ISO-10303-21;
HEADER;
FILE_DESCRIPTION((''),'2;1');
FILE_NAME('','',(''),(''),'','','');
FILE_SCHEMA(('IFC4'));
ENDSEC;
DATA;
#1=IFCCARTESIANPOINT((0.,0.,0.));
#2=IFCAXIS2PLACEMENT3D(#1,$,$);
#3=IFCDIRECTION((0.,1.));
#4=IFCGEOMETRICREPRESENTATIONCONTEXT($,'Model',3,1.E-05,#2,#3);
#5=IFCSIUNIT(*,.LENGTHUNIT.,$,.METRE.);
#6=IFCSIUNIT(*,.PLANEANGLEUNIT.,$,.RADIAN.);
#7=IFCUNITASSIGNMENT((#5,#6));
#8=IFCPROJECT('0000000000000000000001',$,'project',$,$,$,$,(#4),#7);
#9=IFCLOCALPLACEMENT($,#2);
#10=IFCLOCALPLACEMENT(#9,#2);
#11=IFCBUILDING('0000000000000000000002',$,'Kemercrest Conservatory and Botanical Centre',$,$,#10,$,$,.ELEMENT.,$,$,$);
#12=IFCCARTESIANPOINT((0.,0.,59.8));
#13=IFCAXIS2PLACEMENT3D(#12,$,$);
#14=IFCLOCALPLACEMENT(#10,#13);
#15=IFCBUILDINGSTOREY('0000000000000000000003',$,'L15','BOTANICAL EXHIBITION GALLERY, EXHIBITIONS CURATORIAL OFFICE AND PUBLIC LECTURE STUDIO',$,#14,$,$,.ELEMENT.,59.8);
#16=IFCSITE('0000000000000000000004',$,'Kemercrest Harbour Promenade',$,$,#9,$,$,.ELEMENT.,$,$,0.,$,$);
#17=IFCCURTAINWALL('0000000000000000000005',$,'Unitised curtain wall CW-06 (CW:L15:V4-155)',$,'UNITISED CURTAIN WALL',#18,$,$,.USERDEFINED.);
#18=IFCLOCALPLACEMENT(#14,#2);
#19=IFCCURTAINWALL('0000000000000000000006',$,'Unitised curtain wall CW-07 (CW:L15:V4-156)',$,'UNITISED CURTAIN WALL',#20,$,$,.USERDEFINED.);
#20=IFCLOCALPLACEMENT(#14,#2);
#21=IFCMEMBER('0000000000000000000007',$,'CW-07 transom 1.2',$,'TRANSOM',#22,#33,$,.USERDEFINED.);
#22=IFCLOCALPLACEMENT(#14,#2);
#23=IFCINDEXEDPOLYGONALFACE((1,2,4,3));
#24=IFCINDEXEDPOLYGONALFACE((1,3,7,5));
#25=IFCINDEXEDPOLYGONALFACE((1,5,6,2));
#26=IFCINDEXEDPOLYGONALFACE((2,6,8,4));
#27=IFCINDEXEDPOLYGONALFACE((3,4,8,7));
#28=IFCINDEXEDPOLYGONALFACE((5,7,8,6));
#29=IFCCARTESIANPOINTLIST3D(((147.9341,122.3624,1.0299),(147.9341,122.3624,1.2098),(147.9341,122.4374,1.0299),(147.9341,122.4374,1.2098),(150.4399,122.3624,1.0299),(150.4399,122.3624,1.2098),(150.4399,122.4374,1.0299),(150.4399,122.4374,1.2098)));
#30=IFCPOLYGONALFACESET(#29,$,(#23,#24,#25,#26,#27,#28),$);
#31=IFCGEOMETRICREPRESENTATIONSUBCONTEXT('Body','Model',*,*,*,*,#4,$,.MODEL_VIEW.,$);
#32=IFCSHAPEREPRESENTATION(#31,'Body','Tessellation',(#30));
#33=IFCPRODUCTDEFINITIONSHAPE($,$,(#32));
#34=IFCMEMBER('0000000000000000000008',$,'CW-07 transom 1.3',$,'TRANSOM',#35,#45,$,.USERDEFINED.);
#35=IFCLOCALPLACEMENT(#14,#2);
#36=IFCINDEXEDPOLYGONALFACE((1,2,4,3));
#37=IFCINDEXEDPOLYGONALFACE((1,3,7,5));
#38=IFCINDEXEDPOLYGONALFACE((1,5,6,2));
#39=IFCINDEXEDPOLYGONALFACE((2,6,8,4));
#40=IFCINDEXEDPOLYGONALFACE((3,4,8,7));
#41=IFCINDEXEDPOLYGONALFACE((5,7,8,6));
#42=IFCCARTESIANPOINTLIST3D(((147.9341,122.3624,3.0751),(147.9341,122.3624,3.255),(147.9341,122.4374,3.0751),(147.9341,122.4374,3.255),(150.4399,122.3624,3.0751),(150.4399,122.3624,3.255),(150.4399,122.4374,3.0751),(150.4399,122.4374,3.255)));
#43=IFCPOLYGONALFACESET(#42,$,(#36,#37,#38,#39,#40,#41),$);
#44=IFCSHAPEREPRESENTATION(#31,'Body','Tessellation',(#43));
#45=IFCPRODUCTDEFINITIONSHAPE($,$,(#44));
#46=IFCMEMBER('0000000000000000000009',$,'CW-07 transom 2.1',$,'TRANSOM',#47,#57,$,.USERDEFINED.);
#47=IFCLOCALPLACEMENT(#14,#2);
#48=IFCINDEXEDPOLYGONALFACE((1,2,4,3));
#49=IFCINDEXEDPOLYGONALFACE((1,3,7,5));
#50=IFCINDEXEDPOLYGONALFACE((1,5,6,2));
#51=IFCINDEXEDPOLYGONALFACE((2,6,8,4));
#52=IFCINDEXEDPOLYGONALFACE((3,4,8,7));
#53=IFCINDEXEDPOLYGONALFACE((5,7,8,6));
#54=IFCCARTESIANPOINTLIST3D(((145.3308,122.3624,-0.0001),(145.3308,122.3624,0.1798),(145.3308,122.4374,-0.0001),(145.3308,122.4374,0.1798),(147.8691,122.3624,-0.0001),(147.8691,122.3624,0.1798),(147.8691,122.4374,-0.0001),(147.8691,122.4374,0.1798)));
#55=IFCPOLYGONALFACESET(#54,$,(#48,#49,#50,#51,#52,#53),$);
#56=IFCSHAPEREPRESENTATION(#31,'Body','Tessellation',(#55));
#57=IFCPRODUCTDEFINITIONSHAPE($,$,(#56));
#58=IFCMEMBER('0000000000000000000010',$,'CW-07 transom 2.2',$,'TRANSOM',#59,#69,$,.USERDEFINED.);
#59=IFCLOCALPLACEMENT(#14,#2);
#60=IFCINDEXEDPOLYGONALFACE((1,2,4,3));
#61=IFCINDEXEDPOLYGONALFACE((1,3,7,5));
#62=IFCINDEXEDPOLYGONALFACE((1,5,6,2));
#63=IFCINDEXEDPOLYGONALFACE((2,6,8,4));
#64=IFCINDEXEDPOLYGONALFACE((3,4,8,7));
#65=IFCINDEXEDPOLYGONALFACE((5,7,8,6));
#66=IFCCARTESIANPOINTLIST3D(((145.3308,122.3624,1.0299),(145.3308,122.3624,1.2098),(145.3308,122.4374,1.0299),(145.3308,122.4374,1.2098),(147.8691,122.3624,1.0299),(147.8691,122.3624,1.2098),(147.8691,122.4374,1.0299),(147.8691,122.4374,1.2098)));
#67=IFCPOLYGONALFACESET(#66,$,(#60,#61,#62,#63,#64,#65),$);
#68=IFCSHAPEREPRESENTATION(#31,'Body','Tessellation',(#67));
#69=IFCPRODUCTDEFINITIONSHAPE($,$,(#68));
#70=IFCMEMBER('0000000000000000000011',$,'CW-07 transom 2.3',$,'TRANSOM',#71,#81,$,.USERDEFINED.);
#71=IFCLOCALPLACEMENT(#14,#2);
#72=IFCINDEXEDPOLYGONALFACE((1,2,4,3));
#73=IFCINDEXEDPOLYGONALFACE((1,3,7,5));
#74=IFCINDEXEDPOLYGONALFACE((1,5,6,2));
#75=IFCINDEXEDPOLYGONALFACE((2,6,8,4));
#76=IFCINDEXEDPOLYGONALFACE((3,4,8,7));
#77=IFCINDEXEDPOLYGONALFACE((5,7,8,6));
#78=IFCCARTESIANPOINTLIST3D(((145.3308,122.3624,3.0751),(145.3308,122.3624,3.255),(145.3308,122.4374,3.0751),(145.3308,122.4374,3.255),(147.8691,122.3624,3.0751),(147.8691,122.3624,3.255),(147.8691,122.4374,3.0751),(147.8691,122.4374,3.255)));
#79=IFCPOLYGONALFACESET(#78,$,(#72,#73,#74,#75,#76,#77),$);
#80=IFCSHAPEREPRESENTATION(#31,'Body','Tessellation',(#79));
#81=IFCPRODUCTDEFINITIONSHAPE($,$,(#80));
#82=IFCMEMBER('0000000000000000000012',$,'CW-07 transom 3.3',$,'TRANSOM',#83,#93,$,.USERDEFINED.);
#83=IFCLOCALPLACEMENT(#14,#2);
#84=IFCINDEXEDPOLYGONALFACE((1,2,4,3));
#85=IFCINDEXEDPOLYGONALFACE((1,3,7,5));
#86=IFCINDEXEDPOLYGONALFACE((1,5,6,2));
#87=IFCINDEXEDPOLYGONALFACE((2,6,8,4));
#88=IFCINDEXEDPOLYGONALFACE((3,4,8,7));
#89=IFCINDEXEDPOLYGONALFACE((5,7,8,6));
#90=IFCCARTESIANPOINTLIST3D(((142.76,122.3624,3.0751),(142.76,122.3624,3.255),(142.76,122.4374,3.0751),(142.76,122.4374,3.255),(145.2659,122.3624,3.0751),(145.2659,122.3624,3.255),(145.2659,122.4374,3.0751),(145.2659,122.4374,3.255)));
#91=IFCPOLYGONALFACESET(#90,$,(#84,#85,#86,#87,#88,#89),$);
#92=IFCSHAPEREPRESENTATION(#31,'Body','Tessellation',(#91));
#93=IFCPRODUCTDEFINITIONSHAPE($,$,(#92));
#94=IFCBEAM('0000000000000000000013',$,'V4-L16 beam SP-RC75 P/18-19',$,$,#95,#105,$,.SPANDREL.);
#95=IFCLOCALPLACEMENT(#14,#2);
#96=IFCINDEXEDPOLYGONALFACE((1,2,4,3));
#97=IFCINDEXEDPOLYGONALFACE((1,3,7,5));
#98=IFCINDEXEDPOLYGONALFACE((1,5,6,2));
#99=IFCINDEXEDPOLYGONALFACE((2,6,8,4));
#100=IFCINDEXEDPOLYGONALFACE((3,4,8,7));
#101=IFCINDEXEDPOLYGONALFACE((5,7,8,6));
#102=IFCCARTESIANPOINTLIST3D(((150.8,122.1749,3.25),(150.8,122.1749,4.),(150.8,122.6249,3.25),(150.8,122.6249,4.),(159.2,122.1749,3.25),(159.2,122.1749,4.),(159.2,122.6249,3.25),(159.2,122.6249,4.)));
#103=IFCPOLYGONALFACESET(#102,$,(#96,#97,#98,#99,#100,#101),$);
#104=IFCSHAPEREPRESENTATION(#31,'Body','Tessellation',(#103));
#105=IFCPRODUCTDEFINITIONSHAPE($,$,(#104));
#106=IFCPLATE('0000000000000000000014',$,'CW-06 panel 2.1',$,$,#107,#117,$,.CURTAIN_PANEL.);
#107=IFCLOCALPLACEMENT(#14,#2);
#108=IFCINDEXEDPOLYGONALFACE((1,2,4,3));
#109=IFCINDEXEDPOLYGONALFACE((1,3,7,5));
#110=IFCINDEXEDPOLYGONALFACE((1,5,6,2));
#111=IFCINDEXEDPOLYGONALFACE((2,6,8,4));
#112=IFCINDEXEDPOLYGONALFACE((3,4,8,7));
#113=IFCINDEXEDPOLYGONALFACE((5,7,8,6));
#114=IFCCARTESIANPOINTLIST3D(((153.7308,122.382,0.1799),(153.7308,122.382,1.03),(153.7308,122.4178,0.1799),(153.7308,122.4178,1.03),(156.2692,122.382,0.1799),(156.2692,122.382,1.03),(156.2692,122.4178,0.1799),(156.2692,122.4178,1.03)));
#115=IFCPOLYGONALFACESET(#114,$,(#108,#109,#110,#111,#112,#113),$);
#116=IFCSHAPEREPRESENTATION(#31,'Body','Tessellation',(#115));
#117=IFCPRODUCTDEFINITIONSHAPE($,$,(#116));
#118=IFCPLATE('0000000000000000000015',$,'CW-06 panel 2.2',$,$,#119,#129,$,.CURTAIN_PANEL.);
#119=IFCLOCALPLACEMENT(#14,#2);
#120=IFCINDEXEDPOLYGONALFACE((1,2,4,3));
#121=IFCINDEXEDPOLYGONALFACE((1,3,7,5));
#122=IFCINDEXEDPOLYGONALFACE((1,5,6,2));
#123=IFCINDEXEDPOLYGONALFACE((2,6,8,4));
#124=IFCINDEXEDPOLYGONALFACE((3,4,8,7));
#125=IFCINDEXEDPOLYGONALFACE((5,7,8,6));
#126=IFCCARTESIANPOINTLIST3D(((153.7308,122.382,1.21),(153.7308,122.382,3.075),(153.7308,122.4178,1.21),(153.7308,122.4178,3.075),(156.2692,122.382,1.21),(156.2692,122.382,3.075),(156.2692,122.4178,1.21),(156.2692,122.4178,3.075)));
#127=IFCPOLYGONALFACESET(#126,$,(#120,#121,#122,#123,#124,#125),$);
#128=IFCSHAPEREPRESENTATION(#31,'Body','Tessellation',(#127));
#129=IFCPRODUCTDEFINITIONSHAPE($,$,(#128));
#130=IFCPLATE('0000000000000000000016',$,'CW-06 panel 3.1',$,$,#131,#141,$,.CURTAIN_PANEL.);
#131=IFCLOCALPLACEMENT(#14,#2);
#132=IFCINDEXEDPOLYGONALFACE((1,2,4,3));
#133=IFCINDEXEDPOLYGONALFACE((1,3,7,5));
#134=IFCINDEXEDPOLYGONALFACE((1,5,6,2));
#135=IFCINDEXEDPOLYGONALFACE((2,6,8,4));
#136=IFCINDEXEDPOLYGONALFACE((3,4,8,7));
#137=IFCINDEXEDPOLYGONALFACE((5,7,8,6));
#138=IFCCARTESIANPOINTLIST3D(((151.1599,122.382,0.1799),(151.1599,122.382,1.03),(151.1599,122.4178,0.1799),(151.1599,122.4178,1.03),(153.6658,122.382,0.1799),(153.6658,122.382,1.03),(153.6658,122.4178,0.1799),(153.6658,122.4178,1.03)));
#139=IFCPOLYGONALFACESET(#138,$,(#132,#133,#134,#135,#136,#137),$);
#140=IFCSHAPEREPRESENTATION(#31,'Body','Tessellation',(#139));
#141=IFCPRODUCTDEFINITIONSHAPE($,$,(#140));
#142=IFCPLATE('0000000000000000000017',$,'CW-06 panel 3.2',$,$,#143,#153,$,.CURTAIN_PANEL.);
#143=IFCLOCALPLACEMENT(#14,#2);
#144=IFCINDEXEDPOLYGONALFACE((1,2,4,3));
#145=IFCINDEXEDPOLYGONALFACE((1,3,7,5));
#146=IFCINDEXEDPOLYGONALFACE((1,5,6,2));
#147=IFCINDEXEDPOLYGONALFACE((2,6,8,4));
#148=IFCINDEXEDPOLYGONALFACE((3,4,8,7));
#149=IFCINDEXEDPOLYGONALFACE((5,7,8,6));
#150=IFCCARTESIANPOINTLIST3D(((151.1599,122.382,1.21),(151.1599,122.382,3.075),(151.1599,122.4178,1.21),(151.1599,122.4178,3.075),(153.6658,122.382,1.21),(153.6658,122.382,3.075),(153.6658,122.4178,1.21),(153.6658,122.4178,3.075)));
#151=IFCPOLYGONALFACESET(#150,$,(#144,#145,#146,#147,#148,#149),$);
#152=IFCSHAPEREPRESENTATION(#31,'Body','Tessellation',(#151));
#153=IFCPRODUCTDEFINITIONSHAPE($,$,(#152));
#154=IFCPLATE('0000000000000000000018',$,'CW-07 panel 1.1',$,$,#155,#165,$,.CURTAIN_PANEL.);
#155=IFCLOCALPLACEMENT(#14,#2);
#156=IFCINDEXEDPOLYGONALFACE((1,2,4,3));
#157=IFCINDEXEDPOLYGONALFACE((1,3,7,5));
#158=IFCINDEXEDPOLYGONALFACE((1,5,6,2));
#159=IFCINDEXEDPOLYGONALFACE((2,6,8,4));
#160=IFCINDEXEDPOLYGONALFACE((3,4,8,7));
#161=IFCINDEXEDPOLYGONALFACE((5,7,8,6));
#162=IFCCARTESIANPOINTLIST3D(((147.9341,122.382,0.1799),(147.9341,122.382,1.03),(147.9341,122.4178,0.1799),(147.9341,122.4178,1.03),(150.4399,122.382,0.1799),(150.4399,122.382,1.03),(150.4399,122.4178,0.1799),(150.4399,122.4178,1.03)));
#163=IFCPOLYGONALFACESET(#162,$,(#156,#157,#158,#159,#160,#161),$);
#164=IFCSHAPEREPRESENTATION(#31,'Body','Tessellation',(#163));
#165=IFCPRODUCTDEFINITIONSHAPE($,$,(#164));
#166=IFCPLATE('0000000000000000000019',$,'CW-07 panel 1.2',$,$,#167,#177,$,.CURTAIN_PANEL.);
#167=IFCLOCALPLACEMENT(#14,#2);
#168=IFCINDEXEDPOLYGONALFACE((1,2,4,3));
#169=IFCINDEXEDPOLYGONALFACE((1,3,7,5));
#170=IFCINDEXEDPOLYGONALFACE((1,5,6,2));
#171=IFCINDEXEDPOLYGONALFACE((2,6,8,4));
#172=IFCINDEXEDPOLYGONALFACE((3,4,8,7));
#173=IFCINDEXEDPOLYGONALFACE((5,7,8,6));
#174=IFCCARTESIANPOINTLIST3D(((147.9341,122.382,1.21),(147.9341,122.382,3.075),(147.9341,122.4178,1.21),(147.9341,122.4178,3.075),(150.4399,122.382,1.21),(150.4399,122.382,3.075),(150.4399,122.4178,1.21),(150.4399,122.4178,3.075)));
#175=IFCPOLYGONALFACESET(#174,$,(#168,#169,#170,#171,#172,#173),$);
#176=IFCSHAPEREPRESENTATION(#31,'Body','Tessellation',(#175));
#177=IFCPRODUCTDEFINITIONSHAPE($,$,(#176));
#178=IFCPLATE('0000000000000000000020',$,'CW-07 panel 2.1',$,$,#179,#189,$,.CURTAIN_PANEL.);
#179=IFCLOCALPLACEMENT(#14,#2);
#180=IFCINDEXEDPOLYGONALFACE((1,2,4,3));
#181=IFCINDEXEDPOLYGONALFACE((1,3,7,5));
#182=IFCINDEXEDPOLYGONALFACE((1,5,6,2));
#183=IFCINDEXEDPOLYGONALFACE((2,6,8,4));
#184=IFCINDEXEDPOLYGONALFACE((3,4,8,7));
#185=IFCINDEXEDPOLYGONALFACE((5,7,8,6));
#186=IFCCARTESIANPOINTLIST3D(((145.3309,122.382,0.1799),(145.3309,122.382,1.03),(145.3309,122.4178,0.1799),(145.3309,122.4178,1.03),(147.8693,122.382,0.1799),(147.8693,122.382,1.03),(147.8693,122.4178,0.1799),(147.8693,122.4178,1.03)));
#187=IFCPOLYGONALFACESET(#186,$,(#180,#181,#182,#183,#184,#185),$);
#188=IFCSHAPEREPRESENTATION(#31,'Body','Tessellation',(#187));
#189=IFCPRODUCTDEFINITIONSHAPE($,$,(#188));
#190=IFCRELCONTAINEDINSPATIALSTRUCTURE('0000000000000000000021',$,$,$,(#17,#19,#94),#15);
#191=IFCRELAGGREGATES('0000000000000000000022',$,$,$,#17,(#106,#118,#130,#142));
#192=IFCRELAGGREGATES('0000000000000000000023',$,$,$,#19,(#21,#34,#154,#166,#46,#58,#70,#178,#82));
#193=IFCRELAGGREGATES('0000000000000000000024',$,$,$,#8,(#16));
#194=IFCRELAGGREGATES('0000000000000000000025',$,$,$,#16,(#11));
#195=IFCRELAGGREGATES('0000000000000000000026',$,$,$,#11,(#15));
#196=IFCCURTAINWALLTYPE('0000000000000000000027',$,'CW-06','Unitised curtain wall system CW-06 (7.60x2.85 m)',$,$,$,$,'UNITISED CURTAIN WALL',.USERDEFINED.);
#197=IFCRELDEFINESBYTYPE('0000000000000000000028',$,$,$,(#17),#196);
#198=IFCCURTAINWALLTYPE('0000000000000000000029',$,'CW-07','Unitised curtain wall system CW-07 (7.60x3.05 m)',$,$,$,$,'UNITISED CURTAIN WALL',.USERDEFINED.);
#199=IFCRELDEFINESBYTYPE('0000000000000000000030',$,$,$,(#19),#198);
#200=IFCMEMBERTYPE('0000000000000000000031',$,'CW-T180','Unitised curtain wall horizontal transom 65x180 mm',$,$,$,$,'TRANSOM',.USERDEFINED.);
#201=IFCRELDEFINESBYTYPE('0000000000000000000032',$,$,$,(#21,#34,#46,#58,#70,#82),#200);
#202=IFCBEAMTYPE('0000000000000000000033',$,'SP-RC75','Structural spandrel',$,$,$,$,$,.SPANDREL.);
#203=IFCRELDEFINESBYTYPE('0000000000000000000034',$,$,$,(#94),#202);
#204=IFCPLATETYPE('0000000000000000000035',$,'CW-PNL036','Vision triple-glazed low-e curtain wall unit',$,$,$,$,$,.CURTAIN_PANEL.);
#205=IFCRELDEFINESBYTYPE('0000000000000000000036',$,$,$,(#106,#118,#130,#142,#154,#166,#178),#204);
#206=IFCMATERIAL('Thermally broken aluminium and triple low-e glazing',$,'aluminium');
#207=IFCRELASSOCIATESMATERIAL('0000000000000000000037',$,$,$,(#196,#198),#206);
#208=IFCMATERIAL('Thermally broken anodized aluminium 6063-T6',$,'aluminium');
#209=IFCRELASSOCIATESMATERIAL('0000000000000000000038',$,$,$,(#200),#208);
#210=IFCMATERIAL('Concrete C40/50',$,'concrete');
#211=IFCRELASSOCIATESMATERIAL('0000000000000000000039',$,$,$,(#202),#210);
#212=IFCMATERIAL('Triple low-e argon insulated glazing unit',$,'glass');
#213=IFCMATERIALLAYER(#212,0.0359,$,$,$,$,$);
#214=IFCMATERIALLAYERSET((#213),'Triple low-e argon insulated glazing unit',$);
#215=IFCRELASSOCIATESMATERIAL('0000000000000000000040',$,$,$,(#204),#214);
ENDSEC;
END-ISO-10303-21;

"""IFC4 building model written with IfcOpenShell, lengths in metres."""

from ifc_helpers import new_model, si_unit, direction, frame, origin, origin_2d, place, context, subcontext, project, spatial, rectangle, extrude, material, layer, layer_set, material_profile, profile_set, type_object, element, aggregate, save


model = new_model("IFC4")

# Units and contexts
model_context = context("Model", 3, precision=1e-05, world=origin(), true_north=direction((0.0, 1.0)))
body_context = subcontext(model_context, "Body", "Model", "MODEL_VIEW")
ifc_project = project(units=[si_unit("LENGTHUNIT", "METRE"), si_unit("PLANEANGLEUNIT", "RADIAN")], contexts=[model_context])

# Site, building, storey
site_placement = place(None, origin())
site = spatial("IfcSite", under=ifc_project, at=site_placement, Name="Kemercrest Harbour Promenade", CompositionType="ELEMENT", RefElevation=0.0)
building_placement = place(site_placement, origin())
building = spatial("IfcBuilding", under=site, at=building_placement, Name="Kemercrest Conservatory and Botanical Centre", CompositionType="ELEMENT")
storey_placement = place(building_placement, frame((0.0, 0.0, 59.8)))
storey = spatial("IfcBuildingStorey", under=building, at=storey_placement, Name="L15", Description="BOTANICAL EXHIBITION GALLERY, EXHIBITIONS CURATORIAL OFFICE AND PUBLIC LECTURE STUDIO", CompositionType="ELEMENT", Elevation=59.8)

# Shared definitions
ifc_material_1 = material(Name="Concrete C40/50", Category="concrete")

# Curtain walls
ifc_material_2 = material(Name="Thermally broken aluminium and triple low-e glazing", Category="aluminium")
curtain_wall_type_1 = type_object("IfcCurtainWallType", Name="CW-06", Description="Unitised curtain wall system CW-06 (7.60x2.85 m)", ElementType="UNITISED CURTAIN WALL", PredefinedType="USERDEFINED", material=ifc_material_2)
curtain_wall_1_placement = place(storey_placement, origin())
curtain_wall_1 = element("IfcCurtainWall", 1, at=curtain_wall_1_placement, inside=storey, type_object=curtain_wall_type_1, Name="Unitised curtain wall CW-06 (CW:L15:V4-155)", ObjectType="UNITISED CURTAIN WALL", PredefinedType="USERDEFINED")
ifc_material_3 = material(Name="Thermally broken anodized aluminium 6063-T6", Category="aluminium")
curtain_wall_type_2 = type_object("IfcCurtainWallType", Name="CW-07", Description="Unitised curtain wall system CW-07 (7.60x3.05 m)", ElementType="UNITISED CURTAIN WALL", PredefinedType="USERDEFINED", material=ifc_material_2)
curtain_wall_2_placement = place(storey_placement, origin())
curtain_wall_2 = element("IfcCurtainWall", 2, at=curtain_wall_2_placement, inside=storey, type_object=curtain_wall_type_2, Name="Unitised curtain wall CW-07 (CW:L15:V4-156)", ObjectType="UNITISED CURTAIN WALL", PredefinedType="USERDEFINED")

# Members
ifc_material_profile_1 = material_profile(ifc_material_3, rectangle(XDim=0.075, YDim=0.1799, at=origin_2d()), Name="AL TRANSOM 75x180")
ifc_profile_set_1 = profile_set([ifc_material_profile_1], Name="Thermally broken anodized aluminium 6063-T6")
member_type_1 = type_object("IfcMemberType", Name="CW-T180", Description="Unitised curtain wall horizontal transom 65x180 mm", ElementType="TRANSOM", PredefinedType="USERDEFINED", material=ifc_profile_set_1)
member_1_placement = place(storey_placement, frame((150.4399, 122.3999, 1.1199), z_axis=(-1.0, 0.0, 0.0), x_axis=(0.0, -1.0, 0.0)))
member_1 = element("IfcMember", 3, at=member_1_placement, type_object=member_type_1, Name="CW-07 transom 1.2", ObjectType="TRANSOM", PredefinedType="USERDEFINED", context=body_context, shape_type="SweptSolid", body=[
    extrude(rectangle(XDim=0.075, YDim=0.1799, at=origin_2d()), origin(), (0.0, 0.0, 1.0), 2.5059),
])
member_2_placement = place(storey_placement, frame((150.4399, 122.3999, 3.165), z_axis=(-1.0, 0.0, 0.0), x_axis=(0.0, -1.0, 0.0)))
member_2 = element("IfcMember", 4, at=member_2_placement, type_object=member_type_1, Name="CW-07 transom 1.3", ObjectType="TRANSOM", PredefinedType="USERDEFINED", context=body_context, shape_type="SweptSolid", body=[
    extrude(rectangle(XDim=0.075, YDim=0.1799, at=origin_2d()), origin(), (0.0, 0.0, 1.0), 2.5059),
])
member_3_placement = place(storey_placement, frame((147.8691, 122.3999, 0.0898), z_axis=(-1.0, 0.0, 0.0), x_axis=(0.0, -1.0, 0.0)))
member_3 = element("IfcMember", 5, at=member_3_placement, type_object=member_type_1, Name="CW-07 transom 2.1", ObjectType="TRANSOM", PredefinedType="USERDEFINED", context=body_context, shape_type="SweptSolid", body=[
    extrude(rectangle(XDim=0.075, YDim=0.1799, at=origin_2d()), origin(), (0.0, 0.0, 1.0), 2.5383),
])
member_4_placement = place(storey_placement, frame((147.8691, 122.3999, 1.1199), z_axis=(-1.0, 0.0, 0.0), x_axis=(0.0, -1.0, 0.0)))
member_4 = element("IfcMember", 6, at=member_4_placement, type_object=member_type_1, Name="CW-07 transom 2.2", ObjectType="TRANSOM", PredefinedType="USERDEFINED", context=body_context, shape_type="SweptSolid", body=[
    extrude(rectangle(XDim=0.075, YDim=0.1799, at=origin_2d()), origin(), (0.0, 0.0, 1.0), 2.5383),
])
member_5_placement = place(storey_placement, frame((147.8691, 122.3999, 3.165), z_axis=(-1.0, 0.0, 0.0), x_axis=(0.0, -1.0, 0.0)))
member_5 = element("IfcMember", 7, at=member_5_placement, type_object=member_type_1, Name="CW-07 transom 2.3", ObjectType="TRANSOM", PredefinedType="USERDEFINED", context=body_context, shape_type="SweptSolid", body=[
    extrude(rectangle(XDim=0.075, YDim=0.1799, at=origin_2d()), origin(), (0.0, 0.0, 1.0), 2.5383),
])
member_6_placement = place(storey_placement, frame((145.2659, 122.3999, 3.165), z_axis=(-1.0, 0.0, 0.0), x_axis=(0.0, -1.0, 0.0)))
member_6 = element("IfcMember", 8, at=member_6_placement, type_object=member_type_1, Name="CW-07 transom 3.3", ObjectType="TRANSOM", PredefinedType="USERDEFINED", context=body_context, shape_type="SweptSolid", body=[
    extrude(rectangle(XDim=0.075, YDim=0.1799, at=origin_2d()), origin(), (0.0, 0.0, 1.0), 2.5059),
])

# Beam
ifc_material_profile_2 = material_profile(ifc_material_1, rectangle(XDim=0.45, YDim=0.75, at=origin_2d()), Name="RC 450x750")
ifc_profile_set_2 = profile_set([ifc_material_profile_2], Name="Concrete C40/50")
beam_type = type_object("IfcBeamType", Name="SP-RC75", Description="Structural spandrel", PredefinedType="SPANDREL", material=ifc_profile_set_2)
beam_placement = place(storey_placement, frame((150.8, 122.3999, 3.625), z_axis=(1.0, 0.0, 0.0), x_axis=(0.0, 1.0, 0.0)))
element("IfcBeam", 9, at=beam_placement, inside=storey, type_object=beam_type, Name="V4-L16 beam SP-RC75 P/18-19", PredefinedType="SPANDREL", context=body_context, shape_type="SweptSolid", body=[
    extrude(rectangle(XDim=0.45, YDim=0.75, at=origin_2d()), origin(), (0.0, 0.0, 1.0), 8.3999),
])

# Plates
ifc_material_4 = material(Name="Triple low-e argon insulated glazing unit", Category="glass")
ifc_layer = layer(ifc_material_4, 0.0359)
ifc_layer_set = layer_set([ifc_layer], Name="Triple low-e argon insulated glazing unit")
plate_type = type_object("IfcPlateType", Name="CW-PNL036", Description="Vision triple-glazed low-e curtain wall unit", PredefinedType="CURTAIN_PANEL", material=ifc_layer_set)
plate_1_placement = place(storey_placement, frame((155.0, 122.3999, 0.1799), z_axis=(0.0, 0.0, 1.0), x_axis=(-1.0, 0.0, 0.0)))
plate_1 = element("IfcPlate", 10, at=plate_1_placement, type_object=plate_type, Name="CW-06 panel 2.1", PredefinedType="CURTAIN_PANEL", context=body_context, shape_type="SweptSolid", body=[
    extrude(rectangle(XDim=2.5383, YDim=0.0359, at=origin_2d()), origin(), (0.0, 0.0, 1.0), 0.8501),
])
plate_2_placement = place(storey_placement, frame((155.0, 122.3999, 1.21), z_axis=(0.0, 0.0, 1.0), x_axis=(-1.0, 0.0, 0.0)))
plate_2 = element("IfcPlate", 11, at=plate_2_placement, type_object=plate_type, Name="CW-06 panel 2.2", PredefinedType="CURTAIN_PANEL", context=body_context, shape_type="SweptSolid", body=[
    extrude(rectangle(XDim=2.5383, YDim=0.0359, at=origin_2d()), origin(), (0.0, 0.0, 1.0), 1.865),
])
plate_3_placement = place(storey_placement, frame((152.4128, 122.3999, 0.1799), z_axis=(0.0, 0.0, 1.0), x_axis=(-1.0, 0.0, 0.0)))
plate_3 = element("IfcPlate", 12, at=plate_3_placement, type_object=plate_type, Name="CW-06 panel 3.1", PredefinedType="CURTAIN_PANEL", context=body_context, shape_type="SweptSolid", body=[
    extrude(rectangle(XDim=2.5059, YDim=0.0359, at=origin_2d()), origin(), (0.0, 0.0, 1.0), 0.8501),
])
plate_4_placement = place(storey_placement, frame((152.4128, 122.3999, 1.21), z_axis=(0.0, 0.0, 1.0), x_axis=(-1.0, 0.0, 0.0)))
plate_4 = element("IfcPlate", 13, at=plate_4_placement, type_object=plate_type, Name="CW-06 panel 3.2", PredefinedType="CURTAIN_PANEL", context=body_context, shape_type="SweptSolid", body=[
    extrude(rectangle(XDim=2.5059, YDim=0.0359, at=origin_2d()), origin(), (0.0, 0.0, 1.0), 1.865),
])
aggregate(curtain_wall_1, [plate_1, plate_2, plate_3, plate_4])
plate_5_placement = place(storey_placement, frame((149.187, 122.3999, 0.1799), z_axis=(0.0, 0.0, 1.0), x_axis=(-1.0, 0.0, 0.0)))
plate_5 = element("IfcPlate", 14, at=plate_5_placement, type_object=plate_type, Name="CW-07 panel 1.1", PredefinedType="CURTAIN_PANEL", context=body_context, shape_type="SweptSolid", body=[
    extrude(rectangle(XDim=2.5059, YDim=0.0359, at=origin_2d()), origin(), (0.0, 0.0, 1.0), 0.8501),
])
plate_6_placement = place(storey_placement, frame((149.187, 122.3999, 1.21), z_axis=(0.0, 0.0, 1.0), x_axis=(-1.0, 0.0, 0.0)))
plate_6 = element("IfcPlate", 15, at=plate_6_placement, type_object=plate_type, Name="CW-07 panel 1.2", PredefinedType="CURTAIN_PANEL", context=body_context, shape_type="SweptSolid", body=[
    extrude(rectangle(XDim=2.5059, YDim=0.0359, at=origin_2d()), origin(), (0.0, 0.0, 1.0), 1.865),
])
plate_7_placement = place(storey_placement, frame((146.6001, 122.3999, 0.1799), z_axis=(0.0, 0.0, 1.0), x_axis=(-1.0, 0.0, 0.0)))
plate_7 = element("IfcPlate", 16, at=plate_7_placement, type_object=plate_type, Name="CW-07 panel 2.1", PredefinedType="CURTAIN_PANEL", context=body_context, shape_type="SweptSolid", body=[
    extrude(rectangle(XDim=2.5383, YDim=0.0359, at=origin_2d()), origin(), (0.0, 0.0, 1.0), 0.8501),
])
aggregate(curtain_wall_2, [member_1, member_2, plate_5, plate_6, member_3, member_4, member_5, plate_7, member_6])

save(model, "model.ifc")
